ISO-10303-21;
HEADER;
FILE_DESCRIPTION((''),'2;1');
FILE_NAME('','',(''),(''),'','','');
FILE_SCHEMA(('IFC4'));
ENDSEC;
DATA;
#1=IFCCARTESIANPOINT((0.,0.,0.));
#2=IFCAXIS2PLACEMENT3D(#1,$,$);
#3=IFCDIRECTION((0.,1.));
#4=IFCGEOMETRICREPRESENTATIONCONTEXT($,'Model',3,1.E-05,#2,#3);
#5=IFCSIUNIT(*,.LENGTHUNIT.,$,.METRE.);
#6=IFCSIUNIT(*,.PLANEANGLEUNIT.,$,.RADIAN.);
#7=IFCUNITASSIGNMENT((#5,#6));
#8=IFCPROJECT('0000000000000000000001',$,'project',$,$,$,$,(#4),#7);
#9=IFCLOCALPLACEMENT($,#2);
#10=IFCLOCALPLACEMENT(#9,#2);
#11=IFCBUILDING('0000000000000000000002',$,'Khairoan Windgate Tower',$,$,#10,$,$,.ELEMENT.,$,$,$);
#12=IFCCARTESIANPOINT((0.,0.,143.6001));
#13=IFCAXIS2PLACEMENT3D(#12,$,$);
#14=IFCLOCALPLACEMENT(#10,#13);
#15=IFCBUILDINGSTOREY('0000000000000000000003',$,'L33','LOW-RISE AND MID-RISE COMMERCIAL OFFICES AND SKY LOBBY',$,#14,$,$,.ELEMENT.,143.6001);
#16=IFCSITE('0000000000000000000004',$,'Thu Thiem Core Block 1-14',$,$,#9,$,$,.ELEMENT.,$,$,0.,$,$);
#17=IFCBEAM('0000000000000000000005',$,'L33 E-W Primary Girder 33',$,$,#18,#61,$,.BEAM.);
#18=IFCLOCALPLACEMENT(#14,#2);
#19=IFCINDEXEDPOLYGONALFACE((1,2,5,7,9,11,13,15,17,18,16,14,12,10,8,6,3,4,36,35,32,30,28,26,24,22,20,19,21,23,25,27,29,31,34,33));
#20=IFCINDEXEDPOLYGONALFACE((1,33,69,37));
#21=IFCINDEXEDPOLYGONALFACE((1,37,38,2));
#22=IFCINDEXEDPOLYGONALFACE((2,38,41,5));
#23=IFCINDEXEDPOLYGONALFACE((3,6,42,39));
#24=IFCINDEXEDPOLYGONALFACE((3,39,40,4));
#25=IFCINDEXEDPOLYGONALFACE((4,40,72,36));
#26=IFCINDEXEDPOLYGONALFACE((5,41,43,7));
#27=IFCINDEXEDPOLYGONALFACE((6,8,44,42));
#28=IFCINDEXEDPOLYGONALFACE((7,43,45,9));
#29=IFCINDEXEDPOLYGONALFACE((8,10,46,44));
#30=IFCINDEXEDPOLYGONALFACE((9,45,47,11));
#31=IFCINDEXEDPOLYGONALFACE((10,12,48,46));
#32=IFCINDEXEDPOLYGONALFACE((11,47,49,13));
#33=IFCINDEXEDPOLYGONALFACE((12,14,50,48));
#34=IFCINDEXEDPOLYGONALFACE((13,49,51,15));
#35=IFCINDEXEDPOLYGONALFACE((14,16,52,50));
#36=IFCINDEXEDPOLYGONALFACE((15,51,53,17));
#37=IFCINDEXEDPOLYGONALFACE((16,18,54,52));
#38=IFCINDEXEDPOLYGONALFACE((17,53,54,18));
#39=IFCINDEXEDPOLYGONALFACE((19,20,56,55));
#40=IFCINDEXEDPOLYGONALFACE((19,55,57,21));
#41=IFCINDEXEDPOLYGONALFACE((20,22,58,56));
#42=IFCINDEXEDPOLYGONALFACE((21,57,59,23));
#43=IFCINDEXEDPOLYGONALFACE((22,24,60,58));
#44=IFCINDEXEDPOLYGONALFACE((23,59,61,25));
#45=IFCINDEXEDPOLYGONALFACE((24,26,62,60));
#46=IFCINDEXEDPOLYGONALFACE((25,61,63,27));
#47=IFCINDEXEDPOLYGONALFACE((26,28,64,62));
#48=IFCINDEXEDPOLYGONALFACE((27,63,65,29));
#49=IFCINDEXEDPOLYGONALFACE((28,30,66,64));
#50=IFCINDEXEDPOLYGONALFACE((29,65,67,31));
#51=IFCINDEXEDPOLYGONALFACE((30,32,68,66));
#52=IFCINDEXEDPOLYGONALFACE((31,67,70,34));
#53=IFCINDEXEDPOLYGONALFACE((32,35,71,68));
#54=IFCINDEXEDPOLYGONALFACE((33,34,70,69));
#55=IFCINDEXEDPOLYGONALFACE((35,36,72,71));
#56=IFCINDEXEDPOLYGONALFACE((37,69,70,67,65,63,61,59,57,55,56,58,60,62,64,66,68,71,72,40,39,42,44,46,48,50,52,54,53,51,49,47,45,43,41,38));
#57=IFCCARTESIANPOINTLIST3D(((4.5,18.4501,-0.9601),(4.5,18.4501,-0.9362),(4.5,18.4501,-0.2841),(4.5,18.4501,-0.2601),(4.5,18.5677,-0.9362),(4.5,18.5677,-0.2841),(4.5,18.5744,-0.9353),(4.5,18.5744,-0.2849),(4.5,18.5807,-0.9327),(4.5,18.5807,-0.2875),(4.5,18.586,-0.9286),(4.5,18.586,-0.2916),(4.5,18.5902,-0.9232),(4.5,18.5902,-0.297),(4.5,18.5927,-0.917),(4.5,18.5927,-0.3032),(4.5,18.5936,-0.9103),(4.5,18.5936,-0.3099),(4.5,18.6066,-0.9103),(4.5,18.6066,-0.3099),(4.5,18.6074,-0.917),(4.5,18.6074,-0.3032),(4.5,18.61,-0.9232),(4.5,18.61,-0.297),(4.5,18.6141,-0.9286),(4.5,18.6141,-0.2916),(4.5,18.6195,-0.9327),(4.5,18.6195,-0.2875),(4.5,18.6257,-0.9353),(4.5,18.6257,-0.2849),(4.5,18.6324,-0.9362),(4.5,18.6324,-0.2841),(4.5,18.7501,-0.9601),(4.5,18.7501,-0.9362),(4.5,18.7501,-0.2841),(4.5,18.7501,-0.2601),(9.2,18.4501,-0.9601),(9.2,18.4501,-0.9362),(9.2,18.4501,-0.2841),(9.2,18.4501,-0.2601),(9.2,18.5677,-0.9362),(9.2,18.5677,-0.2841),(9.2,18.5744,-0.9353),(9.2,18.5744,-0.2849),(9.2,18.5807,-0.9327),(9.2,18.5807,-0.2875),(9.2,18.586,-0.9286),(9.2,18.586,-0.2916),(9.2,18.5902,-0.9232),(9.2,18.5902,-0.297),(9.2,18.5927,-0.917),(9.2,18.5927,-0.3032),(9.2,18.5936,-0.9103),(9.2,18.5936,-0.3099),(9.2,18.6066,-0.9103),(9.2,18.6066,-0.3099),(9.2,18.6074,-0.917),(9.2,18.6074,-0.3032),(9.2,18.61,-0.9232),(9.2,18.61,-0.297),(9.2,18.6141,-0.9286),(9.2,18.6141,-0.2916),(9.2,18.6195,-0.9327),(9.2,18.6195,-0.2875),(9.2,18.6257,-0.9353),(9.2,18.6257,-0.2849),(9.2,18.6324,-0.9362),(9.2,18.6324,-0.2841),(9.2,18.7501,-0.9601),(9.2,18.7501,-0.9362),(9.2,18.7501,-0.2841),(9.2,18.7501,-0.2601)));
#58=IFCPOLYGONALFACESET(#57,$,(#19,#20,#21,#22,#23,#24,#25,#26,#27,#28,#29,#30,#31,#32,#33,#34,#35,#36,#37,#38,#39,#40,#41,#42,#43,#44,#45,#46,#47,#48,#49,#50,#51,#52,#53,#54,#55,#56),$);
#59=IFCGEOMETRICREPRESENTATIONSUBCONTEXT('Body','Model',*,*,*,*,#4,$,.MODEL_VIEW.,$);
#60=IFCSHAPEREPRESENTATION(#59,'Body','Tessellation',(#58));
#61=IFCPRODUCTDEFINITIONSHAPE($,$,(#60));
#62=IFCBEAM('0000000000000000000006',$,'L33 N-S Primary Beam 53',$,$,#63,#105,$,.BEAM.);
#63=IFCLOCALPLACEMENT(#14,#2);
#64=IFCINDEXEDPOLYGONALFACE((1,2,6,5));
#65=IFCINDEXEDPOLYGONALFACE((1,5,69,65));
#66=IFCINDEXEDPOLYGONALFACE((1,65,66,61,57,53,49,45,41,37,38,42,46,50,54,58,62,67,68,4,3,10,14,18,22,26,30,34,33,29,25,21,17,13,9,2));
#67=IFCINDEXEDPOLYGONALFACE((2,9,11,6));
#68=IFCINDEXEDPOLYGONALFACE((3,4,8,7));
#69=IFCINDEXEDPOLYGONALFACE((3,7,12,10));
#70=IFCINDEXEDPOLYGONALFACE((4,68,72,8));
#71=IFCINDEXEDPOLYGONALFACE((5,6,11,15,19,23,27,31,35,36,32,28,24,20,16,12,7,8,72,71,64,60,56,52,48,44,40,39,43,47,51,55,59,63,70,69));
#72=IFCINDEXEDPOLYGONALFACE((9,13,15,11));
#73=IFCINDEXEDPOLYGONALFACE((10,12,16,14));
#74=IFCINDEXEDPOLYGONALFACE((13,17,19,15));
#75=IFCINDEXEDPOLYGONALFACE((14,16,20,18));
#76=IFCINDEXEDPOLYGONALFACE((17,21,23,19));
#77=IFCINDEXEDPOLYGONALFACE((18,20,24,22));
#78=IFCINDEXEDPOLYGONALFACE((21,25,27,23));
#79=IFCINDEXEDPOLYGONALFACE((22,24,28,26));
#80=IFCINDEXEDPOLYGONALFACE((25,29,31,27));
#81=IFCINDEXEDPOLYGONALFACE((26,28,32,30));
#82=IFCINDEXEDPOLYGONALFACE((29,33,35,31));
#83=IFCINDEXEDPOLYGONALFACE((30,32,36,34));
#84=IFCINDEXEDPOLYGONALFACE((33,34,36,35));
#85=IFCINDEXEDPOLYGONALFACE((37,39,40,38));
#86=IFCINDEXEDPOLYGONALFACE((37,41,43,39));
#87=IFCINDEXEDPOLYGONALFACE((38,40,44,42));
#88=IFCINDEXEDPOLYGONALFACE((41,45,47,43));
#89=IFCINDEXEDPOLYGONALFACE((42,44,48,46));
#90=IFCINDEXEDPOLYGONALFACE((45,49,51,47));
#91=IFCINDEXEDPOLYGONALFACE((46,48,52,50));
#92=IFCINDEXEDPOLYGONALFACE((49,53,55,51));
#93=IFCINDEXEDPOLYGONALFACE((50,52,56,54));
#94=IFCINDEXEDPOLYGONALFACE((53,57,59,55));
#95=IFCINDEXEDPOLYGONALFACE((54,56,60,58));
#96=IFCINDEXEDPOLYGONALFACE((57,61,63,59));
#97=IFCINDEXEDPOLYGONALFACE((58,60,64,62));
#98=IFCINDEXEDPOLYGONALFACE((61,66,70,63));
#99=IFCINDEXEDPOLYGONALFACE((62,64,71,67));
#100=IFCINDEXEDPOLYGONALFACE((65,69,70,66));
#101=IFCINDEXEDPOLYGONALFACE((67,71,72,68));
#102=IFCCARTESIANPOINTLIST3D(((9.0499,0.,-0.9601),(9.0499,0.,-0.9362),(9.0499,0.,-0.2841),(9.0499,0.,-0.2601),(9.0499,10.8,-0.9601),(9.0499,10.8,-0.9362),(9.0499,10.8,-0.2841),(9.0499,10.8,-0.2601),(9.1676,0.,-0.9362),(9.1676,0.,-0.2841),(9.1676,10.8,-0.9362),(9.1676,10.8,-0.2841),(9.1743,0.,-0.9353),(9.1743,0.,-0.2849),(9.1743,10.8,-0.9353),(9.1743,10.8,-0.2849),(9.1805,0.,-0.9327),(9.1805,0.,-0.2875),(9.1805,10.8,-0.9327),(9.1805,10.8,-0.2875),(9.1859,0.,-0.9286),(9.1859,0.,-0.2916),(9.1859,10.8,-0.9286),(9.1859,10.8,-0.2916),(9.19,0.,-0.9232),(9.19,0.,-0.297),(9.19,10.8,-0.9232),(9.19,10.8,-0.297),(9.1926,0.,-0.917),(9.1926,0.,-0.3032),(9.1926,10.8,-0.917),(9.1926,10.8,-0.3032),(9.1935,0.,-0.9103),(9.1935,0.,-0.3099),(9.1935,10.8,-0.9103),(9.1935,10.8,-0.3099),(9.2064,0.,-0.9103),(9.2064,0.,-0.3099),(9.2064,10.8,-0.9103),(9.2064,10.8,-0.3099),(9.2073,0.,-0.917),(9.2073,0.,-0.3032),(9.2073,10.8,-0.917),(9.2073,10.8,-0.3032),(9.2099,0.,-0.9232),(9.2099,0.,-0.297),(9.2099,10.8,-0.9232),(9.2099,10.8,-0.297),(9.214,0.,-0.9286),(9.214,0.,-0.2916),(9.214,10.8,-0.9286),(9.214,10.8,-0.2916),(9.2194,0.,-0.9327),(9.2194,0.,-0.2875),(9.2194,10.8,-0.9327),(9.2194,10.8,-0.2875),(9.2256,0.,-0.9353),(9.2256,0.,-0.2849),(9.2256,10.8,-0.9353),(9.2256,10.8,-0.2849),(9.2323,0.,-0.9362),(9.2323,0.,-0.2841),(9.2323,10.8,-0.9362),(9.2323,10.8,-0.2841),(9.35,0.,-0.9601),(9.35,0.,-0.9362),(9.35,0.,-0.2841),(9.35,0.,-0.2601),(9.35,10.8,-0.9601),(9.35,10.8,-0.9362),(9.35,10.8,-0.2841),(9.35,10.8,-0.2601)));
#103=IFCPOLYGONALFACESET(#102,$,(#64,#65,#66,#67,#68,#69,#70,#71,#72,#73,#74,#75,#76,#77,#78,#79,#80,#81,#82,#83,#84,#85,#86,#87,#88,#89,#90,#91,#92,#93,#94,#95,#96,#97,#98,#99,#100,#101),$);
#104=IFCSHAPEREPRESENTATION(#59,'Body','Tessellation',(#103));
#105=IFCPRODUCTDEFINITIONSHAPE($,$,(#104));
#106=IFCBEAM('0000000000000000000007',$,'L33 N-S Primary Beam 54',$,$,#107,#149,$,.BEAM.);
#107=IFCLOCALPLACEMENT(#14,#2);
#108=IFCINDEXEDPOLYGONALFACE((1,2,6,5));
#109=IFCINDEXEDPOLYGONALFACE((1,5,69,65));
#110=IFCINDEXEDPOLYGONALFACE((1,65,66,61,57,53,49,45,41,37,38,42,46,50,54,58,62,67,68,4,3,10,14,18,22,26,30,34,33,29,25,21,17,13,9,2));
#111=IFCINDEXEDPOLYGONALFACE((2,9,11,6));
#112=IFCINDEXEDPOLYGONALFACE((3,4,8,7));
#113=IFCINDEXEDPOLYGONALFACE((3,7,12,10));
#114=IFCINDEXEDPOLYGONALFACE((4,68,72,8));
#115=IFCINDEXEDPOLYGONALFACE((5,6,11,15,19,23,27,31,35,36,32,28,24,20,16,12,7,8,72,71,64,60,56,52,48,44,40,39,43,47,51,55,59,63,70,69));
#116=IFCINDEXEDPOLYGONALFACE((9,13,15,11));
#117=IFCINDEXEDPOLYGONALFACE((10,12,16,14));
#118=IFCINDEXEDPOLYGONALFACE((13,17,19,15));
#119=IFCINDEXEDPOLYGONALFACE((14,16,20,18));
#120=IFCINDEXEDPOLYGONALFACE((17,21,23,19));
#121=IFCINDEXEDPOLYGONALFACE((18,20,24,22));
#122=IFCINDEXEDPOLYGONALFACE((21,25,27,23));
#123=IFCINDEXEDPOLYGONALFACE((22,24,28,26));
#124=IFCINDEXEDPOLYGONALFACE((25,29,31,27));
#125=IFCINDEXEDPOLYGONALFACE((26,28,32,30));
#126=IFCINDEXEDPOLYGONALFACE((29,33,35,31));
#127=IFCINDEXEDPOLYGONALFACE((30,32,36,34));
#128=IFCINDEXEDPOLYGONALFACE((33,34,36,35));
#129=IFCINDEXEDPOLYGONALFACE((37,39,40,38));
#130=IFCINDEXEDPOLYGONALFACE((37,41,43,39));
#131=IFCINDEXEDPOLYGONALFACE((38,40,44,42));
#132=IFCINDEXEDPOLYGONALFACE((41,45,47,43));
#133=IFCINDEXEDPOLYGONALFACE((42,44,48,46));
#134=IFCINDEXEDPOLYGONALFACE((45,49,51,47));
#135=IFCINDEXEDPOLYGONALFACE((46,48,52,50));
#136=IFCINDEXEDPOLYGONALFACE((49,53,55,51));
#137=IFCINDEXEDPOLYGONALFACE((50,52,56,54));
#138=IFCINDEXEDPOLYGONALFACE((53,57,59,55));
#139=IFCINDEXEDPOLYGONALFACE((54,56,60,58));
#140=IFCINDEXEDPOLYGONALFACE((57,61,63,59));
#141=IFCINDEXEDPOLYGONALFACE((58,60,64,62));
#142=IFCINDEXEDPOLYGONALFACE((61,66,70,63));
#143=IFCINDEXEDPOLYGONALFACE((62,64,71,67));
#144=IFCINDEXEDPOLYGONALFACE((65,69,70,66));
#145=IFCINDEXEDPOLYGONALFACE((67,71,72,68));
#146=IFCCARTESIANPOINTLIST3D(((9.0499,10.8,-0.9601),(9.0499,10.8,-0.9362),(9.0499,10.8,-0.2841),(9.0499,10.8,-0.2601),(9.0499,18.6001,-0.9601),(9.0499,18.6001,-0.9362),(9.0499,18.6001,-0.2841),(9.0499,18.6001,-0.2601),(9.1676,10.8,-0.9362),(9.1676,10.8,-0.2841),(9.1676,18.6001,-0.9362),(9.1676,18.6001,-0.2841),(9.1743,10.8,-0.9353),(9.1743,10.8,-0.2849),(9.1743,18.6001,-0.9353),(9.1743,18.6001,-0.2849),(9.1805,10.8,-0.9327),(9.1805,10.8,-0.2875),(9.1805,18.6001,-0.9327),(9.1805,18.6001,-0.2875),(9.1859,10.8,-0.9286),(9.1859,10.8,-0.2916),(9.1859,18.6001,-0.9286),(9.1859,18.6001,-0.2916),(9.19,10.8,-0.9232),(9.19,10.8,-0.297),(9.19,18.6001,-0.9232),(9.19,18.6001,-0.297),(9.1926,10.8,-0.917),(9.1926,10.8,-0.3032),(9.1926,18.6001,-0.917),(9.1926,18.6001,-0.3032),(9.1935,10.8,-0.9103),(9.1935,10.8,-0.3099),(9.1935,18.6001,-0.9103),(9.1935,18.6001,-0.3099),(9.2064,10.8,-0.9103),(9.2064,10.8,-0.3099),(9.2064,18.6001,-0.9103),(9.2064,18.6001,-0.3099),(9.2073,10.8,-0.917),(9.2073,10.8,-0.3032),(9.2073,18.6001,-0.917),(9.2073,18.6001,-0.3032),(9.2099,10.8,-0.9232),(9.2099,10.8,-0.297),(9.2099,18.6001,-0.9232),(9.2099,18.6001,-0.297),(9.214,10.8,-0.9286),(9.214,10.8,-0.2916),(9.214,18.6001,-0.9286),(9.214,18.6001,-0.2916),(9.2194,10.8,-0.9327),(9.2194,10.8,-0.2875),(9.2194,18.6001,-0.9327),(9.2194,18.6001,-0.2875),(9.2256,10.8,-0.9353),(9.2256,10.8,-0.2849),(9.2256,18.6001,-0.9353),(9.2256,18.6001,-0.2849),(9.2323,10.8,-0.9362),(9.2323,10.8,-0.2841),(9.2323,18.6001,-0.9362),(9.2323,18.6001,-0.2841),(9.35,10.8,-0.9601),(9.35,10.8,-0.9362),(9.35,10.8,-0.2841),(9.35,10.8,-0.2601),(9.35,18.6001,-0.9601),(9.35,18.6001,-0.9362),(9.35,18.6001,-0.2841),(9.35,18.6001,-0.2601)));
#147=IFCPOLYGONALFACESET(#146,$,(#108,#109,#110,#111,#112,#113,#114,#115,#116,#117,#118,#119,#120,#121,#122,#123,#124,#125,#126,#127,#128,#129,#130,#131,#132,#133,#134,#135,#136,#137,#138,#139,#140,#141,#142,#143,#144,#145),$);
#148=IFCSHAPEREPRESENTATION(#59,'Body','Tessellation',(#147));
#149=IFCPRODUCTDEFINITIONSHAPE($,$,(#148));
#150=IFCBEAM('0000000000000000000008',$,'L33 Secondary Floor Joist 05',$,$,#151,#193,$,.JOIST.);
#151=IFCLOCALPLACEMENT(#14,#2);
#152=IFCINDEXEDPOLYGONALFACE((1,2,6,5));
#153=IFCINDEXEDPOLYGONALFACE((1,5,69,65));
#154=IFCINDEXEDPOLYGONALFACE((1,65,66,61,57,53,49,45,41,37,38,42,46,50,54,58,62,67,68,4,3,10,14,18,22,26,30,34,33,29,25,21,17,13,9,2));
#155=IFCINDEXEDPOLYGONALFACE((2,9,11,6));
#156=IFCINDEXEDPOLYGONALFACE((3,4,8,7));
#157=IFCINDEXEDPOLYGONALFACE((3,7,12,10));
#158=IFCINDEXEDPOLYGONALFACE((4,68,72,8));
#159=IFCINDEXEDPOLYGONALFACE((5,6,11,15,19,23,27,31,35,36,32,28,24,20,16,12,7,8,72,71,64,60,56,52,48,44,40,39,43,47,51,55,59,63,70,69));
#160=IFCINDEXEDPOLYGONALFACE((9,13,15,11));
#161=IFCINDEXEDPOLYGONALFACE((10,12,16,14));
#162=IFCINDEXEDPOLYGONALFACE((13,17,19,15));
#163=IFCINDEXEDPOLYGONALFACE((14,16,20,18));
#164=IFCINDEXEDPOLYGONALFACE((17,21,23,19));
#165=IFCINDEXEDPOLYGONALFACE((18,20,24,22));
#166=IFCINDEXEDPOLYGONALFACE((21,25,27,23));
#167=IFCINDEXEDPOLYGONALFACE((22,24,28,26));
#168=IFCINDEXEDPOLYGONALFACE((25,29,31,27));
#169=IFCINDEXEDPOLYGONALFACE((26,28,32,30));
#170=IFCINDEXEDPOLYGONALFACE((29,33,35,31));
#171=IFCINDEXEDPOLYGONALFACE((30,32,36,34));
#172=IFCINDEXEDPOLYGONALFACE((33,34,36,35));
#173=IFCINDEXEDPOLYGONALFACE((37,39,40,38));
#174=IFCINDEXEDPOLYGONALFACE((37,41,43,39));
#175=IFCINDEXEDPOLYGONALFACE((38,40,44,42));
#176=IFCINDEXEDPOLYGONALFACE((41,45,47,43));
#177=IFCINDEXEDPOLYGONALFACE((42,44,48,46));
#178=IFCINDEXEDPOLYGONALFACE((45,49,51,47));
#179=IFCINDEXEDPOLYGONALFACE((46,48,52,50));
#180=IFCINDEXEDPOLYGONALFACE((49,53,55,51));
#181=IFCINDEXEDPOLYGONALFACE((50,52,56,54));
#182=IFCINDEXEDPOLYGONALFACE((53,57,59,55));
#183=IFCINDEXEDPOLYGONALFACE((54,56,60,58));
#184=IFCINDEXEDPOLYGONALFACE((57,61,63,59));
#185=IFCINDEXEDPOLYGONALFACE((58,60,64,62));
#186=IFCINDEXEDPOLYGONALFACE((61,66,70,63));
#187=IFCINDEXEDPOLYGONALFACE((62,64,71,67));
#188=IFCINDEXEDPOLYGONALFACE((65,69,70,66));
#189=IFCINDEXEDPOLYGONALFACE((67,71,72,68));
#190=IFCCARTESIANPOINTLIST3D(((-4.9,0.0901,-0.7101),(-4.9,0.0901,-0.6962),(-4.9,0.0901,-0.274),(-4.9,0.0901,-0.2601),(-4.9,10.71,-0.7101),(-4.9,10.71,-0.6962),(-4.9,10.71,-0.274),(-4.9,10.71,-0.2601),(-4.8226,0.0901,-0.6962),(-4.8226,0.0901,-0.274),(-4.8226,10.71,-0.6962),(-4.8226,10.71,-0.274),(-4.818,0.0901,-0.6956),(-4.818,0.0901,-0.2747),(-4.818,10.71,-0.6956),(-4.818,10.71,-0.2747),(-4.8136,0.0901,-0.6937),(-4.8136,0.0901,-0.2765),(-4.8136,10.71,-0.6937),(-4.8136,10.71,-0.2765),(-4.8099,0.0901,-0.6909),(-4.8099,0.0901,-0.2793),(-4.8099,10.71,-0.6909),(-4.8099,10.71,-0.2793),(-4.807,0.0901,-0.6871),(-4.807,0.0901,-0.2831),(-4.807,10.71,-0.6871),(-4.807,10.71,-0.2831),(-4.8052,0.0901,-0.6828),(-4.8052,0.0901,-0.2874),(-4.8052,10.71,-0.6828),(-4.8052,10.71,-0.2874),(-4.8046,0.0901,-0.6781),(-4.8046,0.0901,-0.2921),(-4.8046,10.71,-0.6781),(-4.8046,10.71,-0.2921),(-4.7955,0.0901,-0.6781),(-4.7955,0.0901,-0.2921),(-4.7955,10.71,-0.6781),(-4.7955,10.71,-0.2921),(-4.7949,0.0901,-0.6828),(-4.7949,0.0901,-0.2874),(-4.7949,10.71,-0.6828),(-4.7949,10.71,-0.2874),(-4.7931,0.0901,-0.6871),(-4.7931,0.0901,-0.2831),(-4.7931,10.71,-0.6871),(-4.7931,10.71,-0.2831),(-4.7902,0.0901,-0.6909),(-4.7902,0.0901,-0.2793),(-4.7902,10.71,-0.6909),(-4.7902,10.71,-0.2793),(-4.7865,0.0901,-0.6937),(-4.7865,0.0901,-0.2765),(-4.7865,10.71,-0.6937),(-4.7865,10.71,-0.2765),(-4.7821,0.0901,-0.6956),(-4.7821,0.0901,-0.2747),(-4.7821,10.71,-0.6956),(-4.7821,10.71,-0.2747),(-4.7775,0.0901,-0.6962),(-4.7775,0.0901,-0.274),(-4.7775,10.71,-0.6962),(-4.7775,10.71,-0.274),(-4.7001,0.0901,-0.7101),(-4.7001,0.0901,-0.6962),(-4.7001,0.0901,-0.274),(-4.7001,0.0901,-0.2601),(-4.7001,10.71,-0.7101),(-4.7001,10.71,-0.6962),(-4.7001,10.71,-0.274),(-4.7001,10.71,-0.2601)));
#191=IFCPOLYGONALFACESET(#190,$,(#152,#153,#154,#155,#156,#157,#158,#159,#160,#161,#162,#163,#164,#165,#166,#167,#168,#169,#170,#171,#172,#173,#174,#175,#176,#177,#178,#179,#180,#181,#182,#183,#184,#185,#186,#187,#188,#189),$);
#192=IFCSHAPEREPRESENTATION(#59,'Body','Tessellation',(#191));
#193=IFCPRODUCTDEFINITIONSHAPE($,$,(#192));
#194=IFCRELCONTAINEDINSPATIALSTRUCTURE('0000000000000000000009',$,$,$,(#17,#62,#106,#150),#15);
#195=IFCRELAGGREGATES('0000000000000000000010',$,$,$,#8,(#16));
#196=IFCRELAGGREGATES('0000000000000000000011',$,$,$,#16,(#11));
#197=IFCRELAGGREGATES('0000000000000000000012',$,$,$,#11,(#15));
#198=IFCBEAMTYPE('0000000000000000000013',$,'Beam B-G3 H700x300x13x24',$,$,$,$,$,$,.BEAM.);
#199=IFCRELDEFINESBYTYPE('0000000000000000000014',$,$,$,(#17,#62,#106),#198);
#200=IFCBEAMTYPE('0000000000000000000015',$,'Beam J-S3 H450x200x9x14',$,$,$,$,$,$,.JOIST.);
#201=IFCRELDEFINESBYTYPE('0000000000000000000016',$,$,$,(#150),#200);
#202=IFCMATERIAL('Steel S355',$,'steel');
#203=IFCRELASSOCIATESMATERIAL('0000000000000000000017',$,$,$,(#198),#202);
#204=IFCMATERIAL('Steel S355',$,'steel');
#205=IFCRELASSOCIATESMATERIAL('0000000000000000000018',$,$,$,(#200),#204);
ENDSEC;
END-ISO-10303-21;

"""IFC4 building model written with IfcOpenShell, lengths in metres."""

from ifc_helpers import new_model, si_unit, direction, frame, origin, origin_2d, place, context, subcontext, project, spatial, i_section, extrude, material, material_profile, profile_set, type_object, element, save


model = new_model("IFC4")

# Units and contexts
model_context = context("Model", 3, precision=1e-05, world=origin(), true_north=direction((0.0, 1.0)))
body_context = subcontext(model_context, "Body", "Model", "MODEL_VIEW")
ifc_project = project(units=[si_unit("LENGTHUNIT", "METRE"), si_unit("PLANEANGLEUNIT", "RADIAN")], contexts=[model_context])

# Site, building, storey
site_placement = place(None, origin())
site = spatial("IfcSite", under=ifc_project, at=site_placement, Name="Thu Thiem Core Block 1-14", CompositionType="ELEMENT", RefElevation=0.0)
building_placement = place(site_placement, origin())
building = spatial("IfcBuilding", under=site, at=building_placement, Name="Khairoan Windgate Tower", CompositionType="ELEMENT")
storey_placement = place(building_placement, frame((0.0, 0.0, 143.6001)))
storey = spatial("IfcBuildingStorey", under=building, at=storey_placement, Name="L33", Description="LOW-RISE AND MID-RISE COMMERCIAL OFFICES AND SKY LOBBY", CompositionType="ELEMENT", Elevation=143.6001)

# Beams
ifc_material_1 = material(Name="Steel S355", Category="steel")
ifc_material_profile_1 = material_profile(ifc_material_1, i_section(OverallWidth=0.3, OverallDepth=0.7, WebThickness=0.0129, FlangeThickness=0.0239, FilletRadius=0.0259, at=origin_2d()))
ifc_profile_set_1 = profile_set([ifc_material_profile_1], Name="Steel S355")
beam_type_1 = type_object("IfcBeamType", Name="Beam B-G3 H700x300x13x24", PredefinedType="BEAM", material=ifc_profile_set_1)
beam_1_placement = place(storey_placement, frame((4.5, 18.6001, -0.6101), z_axis=(1.0, 0.0, 0.0), x_axis=(0.0, 1.0, 0.0)))
element("IfcBeam", 1, at=beam_1_placement, inside=storey, type_object=beam_type_1, Name="L33 E-W Primary Girder 33", PredefinedType="BEAM", context=body_context, shape_type="SweptSolid", body=[
    extrude(i_section(OverallWidth=0.3, OverallDepth=0.7, WebThickness=0.0129, FlangeThickness=0.0239, FilletRadius=0.0259, at=origin_2d()), origin(), (0.0, 0.0, 1.0), 4.7),
])
beam_2_placement = place(storey_placement, frame((9.2, 0.0, -0.6101), z_axis=(0.0, 1.0, 0.0), x_axis=(-1.0, 0.0, 0.0)))
element("IfcBeam", 2, at=beam_2_placement, inside=storey, type_object=beam_type_1, Name="L33 N-S Primary Beam 53", PredefinedType="BEAM", context=body_context, shape_type="SweptSolid", body=[
    extrude(i_section(OverallWidth=0.3, OverallDepth=0.7, WebThickness=0.0129, FlangeThickness=0.0239, FilletRadius=0.0259, at=origin_2d()), origin(), (0.0, 0.0, 1.0), 10.8),
])
beam_3_placement = place(storey_placement, frame((9.2, 10.8, -0.6101), z_axis=(0.0, 1.0, 0.0), x_axis=(-1.0, 0.0, 0.0)))
element("IfcBeam", 3, at=beam_3_placement, inside=storey, type_object=beam_type_1, Name="L33 N-S Primary Beam 54", PredefinedType="BEAM", context=body_context, shape_type="SweptSolid", body=[
    extrude(i_section(OverallWidth=0.3, OverallDepth=0.7, WebThickness=0.0129, FlangeThickness=0.0239, FilletRadius=0.0259, at=origin_2d()), origin(), (0.0, 0.0, 1.0), 7.8),
])
ifc_material_2 = material(Name="Steel S355", Category="steel")
ifc_material_profile_2 = material_profile(ifc_material_2, i_section(OverallWidth=0.2, OverallDepth=0.45, WebThickness=0.009, FlangeThickness=0.0139, FilletRadius=0.0181, at=origin_2d()))
ifc_profile_set_2 = profile_set([ifc_material_profile_2], Name="Steel S355")
beam_type_2 = type_object("IfcBeamType", Name="Beam J-S3 H450x200x9x14", PredefinedType="JOIST", material=ifc_profile_set_2)
beam_4_placement = place(storey_placement, frame((-4.8, 0.0901, -0.4851), z_axis=(0.0, 1.0, 0.0), x_axis=(-1.0, 0.0, 0.0)))
element("IfcBeam", 4, at=beam_4_placement, inside=storey, type_object=beam_type_2, Name="L33 Secondary Floor Joist 05", PredefinedType="JOIST", context=body_context, shape_type="SweptSolid", body=[
    extrude(i_section(OverallWidth=0.2, OverallDepth=0.45, WebThickness=0.009, FlangeThickness=0.0139, FilletRadius=0.0181, at=origin_2d()), origin(), (0.0, 0.0, 1.0), 10.6199),
])

save(model, "model.ifc")
